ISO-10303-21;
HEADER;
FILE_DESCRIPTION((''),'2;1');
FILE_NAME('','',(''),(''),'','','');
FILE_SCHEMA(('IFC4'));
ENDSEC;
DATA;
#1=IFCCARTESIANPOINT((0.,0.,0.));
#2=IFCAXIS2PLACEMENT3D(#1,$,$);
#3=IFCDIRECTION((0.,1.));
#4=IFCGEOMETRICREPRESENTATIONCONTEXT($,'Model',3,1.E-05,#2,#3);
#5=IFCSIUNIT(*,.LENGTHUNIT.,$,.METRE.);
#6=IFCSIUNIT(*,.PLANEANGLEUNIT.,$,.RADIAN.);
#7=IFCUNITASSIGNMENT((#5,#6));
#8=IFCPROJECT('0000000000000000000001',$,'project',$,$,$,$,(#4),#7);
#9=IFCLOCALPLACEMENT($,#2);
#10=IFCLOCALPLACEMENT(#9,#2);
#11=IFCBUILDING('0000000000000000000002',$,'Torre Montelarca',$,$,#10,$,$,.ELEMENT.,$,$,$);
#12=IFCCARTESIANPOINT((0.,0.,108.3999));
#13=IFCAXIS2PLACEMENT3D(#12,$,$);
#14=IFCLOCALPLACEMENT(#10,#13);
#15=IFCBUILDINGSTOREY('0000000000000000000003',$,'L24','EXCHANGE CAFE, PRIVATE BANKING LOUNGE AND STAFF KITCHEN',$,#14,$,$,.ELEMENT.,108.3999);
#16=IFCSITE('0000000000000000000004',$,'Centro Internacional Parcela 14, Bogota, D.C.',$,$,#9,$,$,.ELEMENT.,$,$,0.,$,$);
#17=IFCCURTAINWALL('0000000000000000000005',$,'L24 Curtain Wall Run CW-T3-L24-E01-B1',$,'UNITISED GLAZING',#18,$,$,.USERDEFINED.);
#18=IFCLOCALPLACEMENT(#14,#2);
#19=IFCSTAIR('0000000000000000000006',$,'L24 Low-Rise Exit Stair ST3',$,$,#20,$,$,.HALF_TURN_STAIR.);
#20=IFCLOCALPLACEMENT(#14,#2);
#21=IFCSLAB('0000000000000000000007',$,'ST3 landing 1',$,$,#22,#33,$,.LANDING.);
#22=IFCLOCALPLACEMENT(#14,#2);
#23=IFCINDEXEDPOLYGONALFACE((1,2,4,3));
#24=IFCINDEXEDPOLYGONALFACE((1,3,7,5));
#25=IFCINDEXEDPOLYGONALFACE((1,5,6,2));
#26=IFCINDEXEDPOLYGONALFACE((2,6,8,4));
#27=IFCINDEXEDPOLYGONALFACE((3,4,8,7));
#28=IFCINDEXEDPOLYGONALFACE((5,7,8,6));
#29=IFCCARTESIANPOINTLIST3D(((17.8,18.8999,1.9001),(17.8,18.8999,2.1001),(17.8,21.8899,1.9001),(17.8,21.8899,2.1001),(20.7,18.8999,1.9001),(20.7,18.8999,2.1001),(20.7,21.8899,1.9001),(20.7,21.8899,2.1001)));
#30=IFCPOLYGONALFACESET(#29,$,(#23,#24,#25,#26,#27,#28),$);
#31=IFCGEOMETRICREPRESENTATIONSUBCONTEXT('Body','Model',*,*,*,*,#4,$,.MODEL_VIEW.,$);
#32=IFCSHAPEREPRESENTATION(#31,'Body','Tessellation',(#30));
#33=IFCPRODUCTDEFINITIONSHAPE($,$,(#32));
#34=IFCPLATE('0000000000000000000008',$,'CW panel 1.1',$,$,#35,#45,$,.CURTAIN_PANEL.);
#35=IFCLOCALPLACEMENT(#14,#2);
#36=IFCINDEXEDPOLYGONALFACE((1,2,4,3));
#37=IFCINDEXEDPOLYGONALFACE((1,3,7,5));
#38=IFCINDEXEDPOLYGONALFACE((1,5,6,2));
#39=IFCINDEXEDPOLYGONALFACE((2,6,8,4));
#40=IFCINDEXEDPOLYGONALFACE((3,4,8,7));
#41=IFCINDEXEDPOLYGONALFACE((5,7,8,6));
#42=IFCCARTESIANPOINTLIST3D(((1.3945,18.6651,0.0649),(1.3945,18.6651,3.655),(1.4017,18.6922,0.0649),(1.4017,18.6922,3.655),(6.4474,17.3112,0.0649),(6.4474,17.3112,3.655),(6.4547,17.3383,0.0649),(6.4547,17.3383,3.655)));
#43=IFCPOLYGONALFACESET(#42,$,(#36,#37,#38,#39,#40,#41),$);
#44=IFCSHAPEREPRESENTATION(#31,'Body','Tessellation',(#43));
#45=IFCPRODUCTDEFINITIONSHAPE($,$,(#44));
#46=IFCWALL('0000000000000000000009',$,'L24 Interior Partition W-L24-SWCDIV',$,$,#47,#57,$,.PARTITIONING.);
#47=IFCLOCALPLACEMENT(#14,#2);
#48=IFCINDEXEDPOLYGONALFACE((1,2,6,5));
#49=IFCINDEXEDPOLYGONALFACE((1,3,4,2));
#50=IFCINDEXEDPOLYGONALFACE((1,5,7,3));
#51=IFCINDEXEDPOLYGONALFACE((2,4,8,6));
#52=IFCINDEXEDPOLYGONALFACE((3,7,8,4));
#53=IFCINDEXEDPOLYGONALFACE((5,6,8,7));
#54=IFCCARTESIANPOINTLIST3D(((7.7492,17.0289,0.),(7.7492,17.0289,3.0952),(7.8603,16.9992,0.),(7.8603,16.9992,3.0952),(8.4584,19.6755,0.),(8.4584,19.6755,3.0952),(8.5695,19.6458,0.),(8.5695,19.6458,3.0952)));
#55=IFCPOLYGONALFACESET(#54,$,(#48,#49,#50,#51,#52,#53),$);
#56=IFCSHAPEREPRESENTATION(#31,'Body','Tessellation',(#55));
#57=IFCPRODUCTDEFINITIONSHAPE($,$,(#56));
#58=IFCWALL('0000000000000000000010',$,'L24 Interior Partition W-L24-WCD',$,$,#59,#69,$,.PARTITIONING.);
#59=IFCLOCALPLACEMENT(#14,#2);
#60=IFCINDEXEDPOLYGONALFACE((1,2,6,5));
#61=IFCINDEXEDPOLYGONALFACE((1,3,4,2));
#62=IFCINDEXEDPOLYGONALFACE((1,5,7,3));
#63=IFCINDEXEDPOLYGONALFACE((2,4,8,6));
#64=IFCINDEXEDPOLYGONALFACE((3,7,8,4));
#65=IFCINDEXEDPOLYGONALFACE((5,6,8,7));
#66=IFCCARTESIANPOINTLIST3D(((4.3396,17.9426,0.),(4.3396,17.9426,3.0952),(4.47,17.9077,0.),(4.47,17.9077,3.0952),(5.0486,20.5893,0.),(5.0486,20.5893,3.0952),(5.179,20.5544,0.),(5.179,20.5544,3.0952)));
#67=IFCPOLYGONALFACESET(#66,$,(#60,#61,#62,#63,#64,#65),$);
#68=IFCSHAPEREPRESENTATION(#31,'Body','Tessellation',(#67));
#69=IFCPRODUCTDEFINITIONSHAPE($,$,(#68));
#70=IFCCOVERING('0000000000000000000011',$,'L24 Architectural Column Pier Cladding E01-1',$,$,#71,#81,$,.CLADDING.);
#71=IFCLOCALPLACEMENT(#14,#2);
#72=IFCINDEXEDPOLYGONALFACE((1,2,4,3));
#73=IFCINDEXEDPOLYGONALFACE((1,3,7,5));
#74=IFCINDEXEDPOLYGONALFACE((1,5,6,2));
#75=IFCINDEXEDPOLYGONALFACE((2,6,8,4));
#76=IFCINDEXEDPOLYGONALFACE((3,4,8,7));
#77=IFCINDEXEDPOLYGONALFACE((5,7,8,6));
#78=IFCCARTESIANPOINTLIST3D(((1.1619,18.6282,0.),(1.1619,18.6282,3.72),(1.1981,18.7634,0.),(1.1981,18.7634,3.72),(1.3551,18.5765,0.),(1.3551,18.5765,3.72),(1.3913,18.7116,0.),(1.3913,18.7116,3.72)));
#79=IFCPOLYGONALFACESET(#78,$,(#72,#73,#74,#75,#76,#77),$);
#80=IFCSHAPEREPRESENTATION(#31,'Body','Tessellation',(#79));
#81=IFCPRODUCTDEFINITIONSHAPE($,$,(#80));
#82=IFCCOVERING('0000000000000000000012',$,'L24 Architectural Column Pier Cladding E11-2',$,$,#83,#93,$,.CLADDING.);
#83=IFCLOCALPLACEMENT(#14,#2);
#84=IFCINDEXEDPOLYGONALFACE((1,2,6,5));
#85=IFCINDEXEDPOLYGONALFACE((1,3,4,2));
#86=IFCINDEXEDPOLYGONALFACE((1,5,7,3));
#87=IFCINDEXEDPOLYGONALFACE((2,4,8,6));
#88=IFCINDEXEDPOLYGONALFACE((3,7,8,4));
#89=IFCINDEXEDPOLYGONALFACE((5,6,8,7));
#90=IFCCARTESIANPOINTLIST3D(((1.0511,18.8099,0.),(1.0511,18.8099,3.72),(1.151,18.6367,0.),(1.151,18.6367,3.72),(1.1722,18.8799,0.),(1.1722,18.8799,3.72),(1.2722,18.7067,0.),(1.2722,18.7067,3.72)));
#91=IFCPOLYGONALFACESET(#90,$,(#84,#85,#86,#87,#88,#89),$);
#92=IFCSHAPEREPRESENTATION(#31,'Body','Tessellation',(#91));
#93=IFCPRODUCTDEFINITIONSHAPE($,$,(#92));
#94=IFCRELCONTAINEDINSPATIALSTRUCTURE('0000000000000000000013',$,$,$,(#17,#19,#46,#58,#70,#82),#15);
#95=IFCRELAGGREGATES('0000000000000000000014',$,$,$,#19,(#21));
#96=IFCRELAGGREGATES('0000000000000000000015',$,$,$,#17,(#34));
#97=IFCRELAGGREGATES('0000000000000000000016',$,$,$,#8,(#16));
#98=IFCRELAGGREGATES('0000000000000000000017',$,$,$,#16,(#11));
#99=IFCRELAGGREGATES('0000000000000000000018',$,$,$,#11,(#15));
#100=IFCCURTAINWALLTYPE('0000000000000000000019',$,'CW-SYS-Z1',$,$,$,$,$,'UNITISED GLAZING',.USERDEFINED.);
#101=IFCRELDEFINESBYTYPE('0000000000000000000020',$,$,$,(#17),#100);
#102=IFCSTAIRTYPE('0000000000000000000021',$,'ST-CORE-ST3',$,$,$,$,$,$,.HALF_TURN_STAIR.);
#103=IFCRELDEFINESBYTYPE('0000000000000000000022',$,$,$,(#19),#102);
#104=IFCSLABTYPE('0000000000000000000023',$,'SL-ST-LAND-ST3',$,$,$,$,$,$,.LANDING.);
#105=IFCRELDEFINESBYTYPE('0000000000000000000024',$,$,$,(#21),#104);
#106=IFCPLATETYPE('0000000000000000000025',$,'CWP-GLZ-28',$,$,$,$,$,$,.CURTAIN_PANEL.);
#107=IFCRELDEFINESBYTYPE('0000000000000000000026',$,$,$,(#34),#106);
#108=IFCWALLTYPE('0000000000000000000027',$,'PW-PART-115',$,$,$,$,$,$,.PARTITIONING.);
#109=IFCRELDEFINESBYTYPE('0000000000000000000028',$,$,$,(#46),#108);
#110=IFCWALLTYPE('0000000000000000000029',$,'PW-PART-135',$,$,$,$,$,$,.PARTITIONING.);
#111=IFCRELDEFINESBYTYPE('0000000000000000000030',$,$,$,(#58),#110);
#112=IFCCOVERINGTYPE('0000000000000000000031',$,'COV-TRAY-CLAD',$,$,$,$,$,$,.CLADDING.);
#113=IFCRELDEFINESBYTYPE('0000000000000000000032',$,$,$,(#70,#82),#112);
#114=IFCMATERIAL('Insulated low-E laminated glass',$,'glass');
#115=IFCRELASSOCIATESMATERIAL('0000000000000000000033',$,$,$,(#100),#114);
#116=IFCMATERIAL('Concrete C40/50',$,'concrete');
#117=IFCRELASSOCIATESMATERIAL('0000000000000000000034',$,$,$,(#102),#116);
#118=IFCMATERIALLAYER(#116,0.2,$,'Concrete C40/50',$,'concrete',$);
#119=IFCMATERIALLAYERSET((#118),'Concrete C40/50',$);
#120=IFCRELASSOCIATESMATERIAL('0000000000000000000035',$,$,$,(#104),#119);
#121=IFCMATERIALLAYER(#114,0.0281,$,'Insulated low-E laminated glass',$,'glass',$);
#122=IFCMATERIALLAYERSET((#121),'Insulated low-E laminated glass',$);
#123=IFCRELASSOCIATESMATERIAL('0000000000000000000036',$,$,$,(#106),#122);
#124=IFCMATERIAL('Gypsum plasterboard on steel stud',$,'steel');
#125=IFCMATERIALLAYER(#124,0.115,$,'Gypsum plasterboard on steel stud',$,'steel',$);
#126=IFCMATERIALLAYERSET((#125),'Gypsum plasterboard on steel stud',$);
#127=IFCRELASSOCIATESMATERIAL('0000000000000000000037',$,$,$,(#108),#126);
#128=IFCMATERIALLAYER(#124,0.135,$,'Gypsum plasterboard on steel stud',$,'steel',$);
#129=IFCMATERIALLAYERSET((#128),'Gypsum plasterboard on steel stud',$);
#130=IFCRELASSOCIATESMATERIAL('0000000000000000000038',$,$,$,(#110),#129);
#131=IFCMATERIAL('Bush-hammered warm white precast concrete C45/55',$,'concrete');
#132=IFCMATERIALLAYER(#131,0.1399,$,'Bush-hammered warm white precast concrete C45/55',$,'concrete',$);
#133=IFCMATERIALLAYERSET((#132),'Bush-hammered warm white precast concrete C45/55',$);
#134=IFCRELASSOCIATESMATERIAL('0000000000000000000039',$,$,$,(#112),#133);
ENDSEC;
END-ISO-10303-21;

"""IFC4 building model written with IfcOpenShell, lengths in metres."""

from ifc_helpers import new_model, si_unit, direction, frame, frame_2d, origin, origin_2d, place, context, subcontext, project, spatial, polyline, rectangle, outline, extrude, source, transform, mapped, material, layer, layer_set, type_object, element, aggregate, save


model = new_model("IFC4")

# Units and contexts
model_context = context("Model", 3, precision=1e-05, world=origin(), true_north=direction((0.0, 1.0)))
body_context = subcontext(model_context, "Body", "Model", "MODEL_VIEW")
ifc_project = project(units=[si_unit("LENGTHUNIT", "METRE"), si_unit("PLANEANGLEUNIT", "RADIAN")], contexts=[model_context])

# Site, building, storey
site_placement = place(None, origin())
site = spatial("IfcSite", under=ifc_project, at=site_placement, Name="Centro Internacional Parcela 14, Bogota, D.C.", CompositionType="ELEMENT", RefElevation=0.0)
building_placement = place(site_placement, origin())
building = spatial("IfcBuilding", under=site, at=building_placement, Name="Torre Montelarca", CompositionType="ELEMENT")
storey_placement = place(building_placement, frame((0.0, 0.0, 108.3999)))
storey = spatial("IfcBuildingStorey", under=building, at=storey_placement, Name="L24", Description="EXCHANGE CAFE, PRIVATE BANKING LOUNGE AND STAFF KITCHEN", CompositionType="ELEMENT", Elevation=108.3999)

# Curtain wall
ifc_material_1 = material(Name="Insulated low-E laminated glass", Category="glass")
curtain_wall_type = type_object("IfcCurtainWallType", Name="CW-SYS-Z1", ElementType="UNITISED GLAZING", PredefinedType="USERDEFINED", material=ifc_material_1)
curtain_wall_1_placement = place(storey_placement, origin())
curtain_wall_1 = element("IfcCurtainWall", 1, at=curtain_wall_1_placement, inside=storey, type_object=curtain_wall_type, Name="L24 Curtain Wall Run CW-T3-L24-E01-B1", ObjectType="UNITISED GLAZING", PredefinedType="USERDEFINED")

# Shared definitions
ifc_material_2 = material(Name="Concrete C40/50", Category="concrete")

# Stair, slab
stair_type_1 = type_object("IfcStairType", Name="ST-CORE-ST3", PredefinedType="HALF_TURN_STAIR", material=ifc_material_2)
stair_1_placement = place(storey_placement, origin())
stair_1 = element("IfcStair", 2, at=stair_1_placement, inside=storey, type_object=stair_type_1, Name="L24 Low-Rise Exit Stair ST3", PredefinedType="HALF_TURN_STAIR")
ifc_layer_1 = layer(ifc_material_2, 0.2, Name="Concrete C40/50", Category="concrete")
ifc_layer_set_1 = layer_set([ifc_layer_1], Name="Concrete C40/50")
slab_type_1 = type_object("IfcSlabType", Name="SL-ST-LAND-ST3", PredefinedType="LANDING", material=ifc_layer_set_1)
slab_1_placement = place(storey_placement, frame((0.0, 0.0, 1.9001)))
slab_1 = element("IfcSlab", 3, at=slab_1_placement, type_object=slab_type_1, Name="ST3 landing 1", PredefinedType="LANDING", context=body_context, shape_type="SweptSolid", body=[
    extrude(outline(polyline([(17.8, 18.8999), (20.7, 18.8999), (20.7, 21.8899), (17.8, 21.8899), (17.8, 18.8999)])), origin(), (0.0, 0.0, 1.0), 0.2),
])
aggregate(stair_1, [slab_1])

# Plate
ifc_layer_2 = layer(ifc_material_1, 0.0281, Name="Insulated low-E laminated glass", Category="glass")
ifc_layer_set_2 = layer_set([ifc_layer_2], Name="Insulated low-E laminated glass")
plate_type = type_object("IfcPlateType", Name="CWP-GLZ-28", PredefinedType="CURTAIN_PANEL", material=ifc_layer_set_2)
shared_shape_1 = source(origin(), body_context, "Body", "SweptSolid", [
    extrude(rectangle(XDim=5.2312, YDim=0.0281, at=origin_2d()), origin(), (0.0, 0.0, 1.0), 3.5901),
])
plate_placement = place(storey_placement, frame((3.9246, 18.0017, 0.0649), z_axis=(0.0, 0.0, 1.0), x_axis=(0.965926, -0.258819, 0.0)))
plate = element("IfcPlate", 4, at=plate_placement, type_object=plate_type, Name="CW panel 1.1", PredefinedType="CURTAIN_PANEL", context=body_context, shape_type="MappedRepresentation", body=[
    mapped(shared_shape_1, transform((0.0, 0.0, 0.0), scale=1.0)),
])
aggregate(curtain_wall_1, [plate])

# Walls
ifc_material_3 = material(Name="Gypsum plasterboard on steel stud", Category="steel")
ifc_layer_3 = layer(ifc_material_3, 0.115, Name="Gypsum plasterboard on steel stud", Category="steel")
ifc_layer_set_3 = layer_set([ifc_layer_3], Name="Gypsum plasterboard on steel stud")
wall_type_1 = type_object("IfcWallType", Name="PW-PART-115", PredefinedType="PARTITIONING", material=ifc_layer_set_3)
wall_1_placement = place(storey_placement, frame((7.8047, 17.0139, 0.0), z_axis=(0.0, 0.0, 1.0), x_axis=(0.258833, 0.965922, 0.0)))
element("IfcWall", 5, at=wall_1_placement, inside=storey, type_object=wall_type_1, Name="L24 Interior Partition W-L24-SWCDIV", PredefinedType="PARTITIONING", context=body_context, shape_type="SweptSolid", body=[
    extrude(rectangle(XDim=2.74, YDim=0.115, at=frame_2d((1.3701, 0.0))), origin(), (0.0, 0.0, 1.0), 3.0952),
])
ifc_layer_4 = layer(ifc_material_3, 0.135, Name="Gypsum plasterboard on steel stud", Category="steel")
ifc_layer_set_4 = layer_set([ifc_layer_4], Name="Gypsum plasterboard on steel stud")
wall_type_2 = type_object("IfcWallType", Name="PW-PART-135", PredefinedType="PARTITIONING", material=ifc_layer_set_4)
wall_2_placement = place(storey_placement, frame((4.4048, 17.925, 0.0), z_axis=(0.0, 0.0, 1.0), x_axis=(0.258749, 0.965944, 0.0)))
element("IfcWall", 6, at=wall_2_placement, inside=storey, type_object=wall_type_2, Name="L24 Interior Partition W-L24-WCD", PredefinedType="PARTITIONING", context=body_context, shape_type="SweptSolid", body=[
    extrude(rectangle(XDim=2.74, YDim=0.135, at=frame_2d((1.3701, 0.0))), origin(), (0.0, 0.0, 1.0), 3.0952),
])

# Coverings
ifc_material_4 = material(Name="Bush-hammered warm white precast concrete C45/55", Category="concrete")
ifc_layer_5 = layer(ifc_material_4, 0.1399, Name="Bush-hammered warm white precast concrete C45/55", Category="concrete")
ifc_layer_set_5 = layer_set([ifc_layer_5], Name="Bush-hammered warm white precast concrete C45/55")
covering_type = type_object("IfcCoveringType", Name="COV-TRAY-CLAD", PredefinedType="CLADDING", material=ifc_layer_set_5)
shared_shape_2 = source(origin(), body_context, "Body", "SweptSolid", [
    extrude(rectangle(XDim=0.2, YDim=0.1399, at=origin_2d()), origin(), (0.0, 0.0, 1.0), 3.72),
])
for number, where, z_axis, x_axis, name in (
    (7, (1.2766, 18.6699, 0.0), (0.0, 0.0, 1.0), (0.965926, -0.258819, 0.0), "L24 Architectural Column Pier Cladding E01-1"),
    (8, (1.1616, 18.7583, 0.0), (0.0, 0.0, 1.0), (0.500002, -0.866025, 0.0), "L24 Architectural Column Pier Cladding E11-2"),
):
    element("IfcCovering", number, at=place(storey_placement, frame(where, z_axis=z_axis, x_axis=x_axis)), inside=storey, type_object=covering_type, Name=name, PredefinedType="CLADDING", context=body_context, shape_type="MappedRepresentation", body=[
        mapped(shared_shape_2, transform((0.0, 0.0, 0.0), scale=1.0)),
    ])

save(model, "model.ifc")
